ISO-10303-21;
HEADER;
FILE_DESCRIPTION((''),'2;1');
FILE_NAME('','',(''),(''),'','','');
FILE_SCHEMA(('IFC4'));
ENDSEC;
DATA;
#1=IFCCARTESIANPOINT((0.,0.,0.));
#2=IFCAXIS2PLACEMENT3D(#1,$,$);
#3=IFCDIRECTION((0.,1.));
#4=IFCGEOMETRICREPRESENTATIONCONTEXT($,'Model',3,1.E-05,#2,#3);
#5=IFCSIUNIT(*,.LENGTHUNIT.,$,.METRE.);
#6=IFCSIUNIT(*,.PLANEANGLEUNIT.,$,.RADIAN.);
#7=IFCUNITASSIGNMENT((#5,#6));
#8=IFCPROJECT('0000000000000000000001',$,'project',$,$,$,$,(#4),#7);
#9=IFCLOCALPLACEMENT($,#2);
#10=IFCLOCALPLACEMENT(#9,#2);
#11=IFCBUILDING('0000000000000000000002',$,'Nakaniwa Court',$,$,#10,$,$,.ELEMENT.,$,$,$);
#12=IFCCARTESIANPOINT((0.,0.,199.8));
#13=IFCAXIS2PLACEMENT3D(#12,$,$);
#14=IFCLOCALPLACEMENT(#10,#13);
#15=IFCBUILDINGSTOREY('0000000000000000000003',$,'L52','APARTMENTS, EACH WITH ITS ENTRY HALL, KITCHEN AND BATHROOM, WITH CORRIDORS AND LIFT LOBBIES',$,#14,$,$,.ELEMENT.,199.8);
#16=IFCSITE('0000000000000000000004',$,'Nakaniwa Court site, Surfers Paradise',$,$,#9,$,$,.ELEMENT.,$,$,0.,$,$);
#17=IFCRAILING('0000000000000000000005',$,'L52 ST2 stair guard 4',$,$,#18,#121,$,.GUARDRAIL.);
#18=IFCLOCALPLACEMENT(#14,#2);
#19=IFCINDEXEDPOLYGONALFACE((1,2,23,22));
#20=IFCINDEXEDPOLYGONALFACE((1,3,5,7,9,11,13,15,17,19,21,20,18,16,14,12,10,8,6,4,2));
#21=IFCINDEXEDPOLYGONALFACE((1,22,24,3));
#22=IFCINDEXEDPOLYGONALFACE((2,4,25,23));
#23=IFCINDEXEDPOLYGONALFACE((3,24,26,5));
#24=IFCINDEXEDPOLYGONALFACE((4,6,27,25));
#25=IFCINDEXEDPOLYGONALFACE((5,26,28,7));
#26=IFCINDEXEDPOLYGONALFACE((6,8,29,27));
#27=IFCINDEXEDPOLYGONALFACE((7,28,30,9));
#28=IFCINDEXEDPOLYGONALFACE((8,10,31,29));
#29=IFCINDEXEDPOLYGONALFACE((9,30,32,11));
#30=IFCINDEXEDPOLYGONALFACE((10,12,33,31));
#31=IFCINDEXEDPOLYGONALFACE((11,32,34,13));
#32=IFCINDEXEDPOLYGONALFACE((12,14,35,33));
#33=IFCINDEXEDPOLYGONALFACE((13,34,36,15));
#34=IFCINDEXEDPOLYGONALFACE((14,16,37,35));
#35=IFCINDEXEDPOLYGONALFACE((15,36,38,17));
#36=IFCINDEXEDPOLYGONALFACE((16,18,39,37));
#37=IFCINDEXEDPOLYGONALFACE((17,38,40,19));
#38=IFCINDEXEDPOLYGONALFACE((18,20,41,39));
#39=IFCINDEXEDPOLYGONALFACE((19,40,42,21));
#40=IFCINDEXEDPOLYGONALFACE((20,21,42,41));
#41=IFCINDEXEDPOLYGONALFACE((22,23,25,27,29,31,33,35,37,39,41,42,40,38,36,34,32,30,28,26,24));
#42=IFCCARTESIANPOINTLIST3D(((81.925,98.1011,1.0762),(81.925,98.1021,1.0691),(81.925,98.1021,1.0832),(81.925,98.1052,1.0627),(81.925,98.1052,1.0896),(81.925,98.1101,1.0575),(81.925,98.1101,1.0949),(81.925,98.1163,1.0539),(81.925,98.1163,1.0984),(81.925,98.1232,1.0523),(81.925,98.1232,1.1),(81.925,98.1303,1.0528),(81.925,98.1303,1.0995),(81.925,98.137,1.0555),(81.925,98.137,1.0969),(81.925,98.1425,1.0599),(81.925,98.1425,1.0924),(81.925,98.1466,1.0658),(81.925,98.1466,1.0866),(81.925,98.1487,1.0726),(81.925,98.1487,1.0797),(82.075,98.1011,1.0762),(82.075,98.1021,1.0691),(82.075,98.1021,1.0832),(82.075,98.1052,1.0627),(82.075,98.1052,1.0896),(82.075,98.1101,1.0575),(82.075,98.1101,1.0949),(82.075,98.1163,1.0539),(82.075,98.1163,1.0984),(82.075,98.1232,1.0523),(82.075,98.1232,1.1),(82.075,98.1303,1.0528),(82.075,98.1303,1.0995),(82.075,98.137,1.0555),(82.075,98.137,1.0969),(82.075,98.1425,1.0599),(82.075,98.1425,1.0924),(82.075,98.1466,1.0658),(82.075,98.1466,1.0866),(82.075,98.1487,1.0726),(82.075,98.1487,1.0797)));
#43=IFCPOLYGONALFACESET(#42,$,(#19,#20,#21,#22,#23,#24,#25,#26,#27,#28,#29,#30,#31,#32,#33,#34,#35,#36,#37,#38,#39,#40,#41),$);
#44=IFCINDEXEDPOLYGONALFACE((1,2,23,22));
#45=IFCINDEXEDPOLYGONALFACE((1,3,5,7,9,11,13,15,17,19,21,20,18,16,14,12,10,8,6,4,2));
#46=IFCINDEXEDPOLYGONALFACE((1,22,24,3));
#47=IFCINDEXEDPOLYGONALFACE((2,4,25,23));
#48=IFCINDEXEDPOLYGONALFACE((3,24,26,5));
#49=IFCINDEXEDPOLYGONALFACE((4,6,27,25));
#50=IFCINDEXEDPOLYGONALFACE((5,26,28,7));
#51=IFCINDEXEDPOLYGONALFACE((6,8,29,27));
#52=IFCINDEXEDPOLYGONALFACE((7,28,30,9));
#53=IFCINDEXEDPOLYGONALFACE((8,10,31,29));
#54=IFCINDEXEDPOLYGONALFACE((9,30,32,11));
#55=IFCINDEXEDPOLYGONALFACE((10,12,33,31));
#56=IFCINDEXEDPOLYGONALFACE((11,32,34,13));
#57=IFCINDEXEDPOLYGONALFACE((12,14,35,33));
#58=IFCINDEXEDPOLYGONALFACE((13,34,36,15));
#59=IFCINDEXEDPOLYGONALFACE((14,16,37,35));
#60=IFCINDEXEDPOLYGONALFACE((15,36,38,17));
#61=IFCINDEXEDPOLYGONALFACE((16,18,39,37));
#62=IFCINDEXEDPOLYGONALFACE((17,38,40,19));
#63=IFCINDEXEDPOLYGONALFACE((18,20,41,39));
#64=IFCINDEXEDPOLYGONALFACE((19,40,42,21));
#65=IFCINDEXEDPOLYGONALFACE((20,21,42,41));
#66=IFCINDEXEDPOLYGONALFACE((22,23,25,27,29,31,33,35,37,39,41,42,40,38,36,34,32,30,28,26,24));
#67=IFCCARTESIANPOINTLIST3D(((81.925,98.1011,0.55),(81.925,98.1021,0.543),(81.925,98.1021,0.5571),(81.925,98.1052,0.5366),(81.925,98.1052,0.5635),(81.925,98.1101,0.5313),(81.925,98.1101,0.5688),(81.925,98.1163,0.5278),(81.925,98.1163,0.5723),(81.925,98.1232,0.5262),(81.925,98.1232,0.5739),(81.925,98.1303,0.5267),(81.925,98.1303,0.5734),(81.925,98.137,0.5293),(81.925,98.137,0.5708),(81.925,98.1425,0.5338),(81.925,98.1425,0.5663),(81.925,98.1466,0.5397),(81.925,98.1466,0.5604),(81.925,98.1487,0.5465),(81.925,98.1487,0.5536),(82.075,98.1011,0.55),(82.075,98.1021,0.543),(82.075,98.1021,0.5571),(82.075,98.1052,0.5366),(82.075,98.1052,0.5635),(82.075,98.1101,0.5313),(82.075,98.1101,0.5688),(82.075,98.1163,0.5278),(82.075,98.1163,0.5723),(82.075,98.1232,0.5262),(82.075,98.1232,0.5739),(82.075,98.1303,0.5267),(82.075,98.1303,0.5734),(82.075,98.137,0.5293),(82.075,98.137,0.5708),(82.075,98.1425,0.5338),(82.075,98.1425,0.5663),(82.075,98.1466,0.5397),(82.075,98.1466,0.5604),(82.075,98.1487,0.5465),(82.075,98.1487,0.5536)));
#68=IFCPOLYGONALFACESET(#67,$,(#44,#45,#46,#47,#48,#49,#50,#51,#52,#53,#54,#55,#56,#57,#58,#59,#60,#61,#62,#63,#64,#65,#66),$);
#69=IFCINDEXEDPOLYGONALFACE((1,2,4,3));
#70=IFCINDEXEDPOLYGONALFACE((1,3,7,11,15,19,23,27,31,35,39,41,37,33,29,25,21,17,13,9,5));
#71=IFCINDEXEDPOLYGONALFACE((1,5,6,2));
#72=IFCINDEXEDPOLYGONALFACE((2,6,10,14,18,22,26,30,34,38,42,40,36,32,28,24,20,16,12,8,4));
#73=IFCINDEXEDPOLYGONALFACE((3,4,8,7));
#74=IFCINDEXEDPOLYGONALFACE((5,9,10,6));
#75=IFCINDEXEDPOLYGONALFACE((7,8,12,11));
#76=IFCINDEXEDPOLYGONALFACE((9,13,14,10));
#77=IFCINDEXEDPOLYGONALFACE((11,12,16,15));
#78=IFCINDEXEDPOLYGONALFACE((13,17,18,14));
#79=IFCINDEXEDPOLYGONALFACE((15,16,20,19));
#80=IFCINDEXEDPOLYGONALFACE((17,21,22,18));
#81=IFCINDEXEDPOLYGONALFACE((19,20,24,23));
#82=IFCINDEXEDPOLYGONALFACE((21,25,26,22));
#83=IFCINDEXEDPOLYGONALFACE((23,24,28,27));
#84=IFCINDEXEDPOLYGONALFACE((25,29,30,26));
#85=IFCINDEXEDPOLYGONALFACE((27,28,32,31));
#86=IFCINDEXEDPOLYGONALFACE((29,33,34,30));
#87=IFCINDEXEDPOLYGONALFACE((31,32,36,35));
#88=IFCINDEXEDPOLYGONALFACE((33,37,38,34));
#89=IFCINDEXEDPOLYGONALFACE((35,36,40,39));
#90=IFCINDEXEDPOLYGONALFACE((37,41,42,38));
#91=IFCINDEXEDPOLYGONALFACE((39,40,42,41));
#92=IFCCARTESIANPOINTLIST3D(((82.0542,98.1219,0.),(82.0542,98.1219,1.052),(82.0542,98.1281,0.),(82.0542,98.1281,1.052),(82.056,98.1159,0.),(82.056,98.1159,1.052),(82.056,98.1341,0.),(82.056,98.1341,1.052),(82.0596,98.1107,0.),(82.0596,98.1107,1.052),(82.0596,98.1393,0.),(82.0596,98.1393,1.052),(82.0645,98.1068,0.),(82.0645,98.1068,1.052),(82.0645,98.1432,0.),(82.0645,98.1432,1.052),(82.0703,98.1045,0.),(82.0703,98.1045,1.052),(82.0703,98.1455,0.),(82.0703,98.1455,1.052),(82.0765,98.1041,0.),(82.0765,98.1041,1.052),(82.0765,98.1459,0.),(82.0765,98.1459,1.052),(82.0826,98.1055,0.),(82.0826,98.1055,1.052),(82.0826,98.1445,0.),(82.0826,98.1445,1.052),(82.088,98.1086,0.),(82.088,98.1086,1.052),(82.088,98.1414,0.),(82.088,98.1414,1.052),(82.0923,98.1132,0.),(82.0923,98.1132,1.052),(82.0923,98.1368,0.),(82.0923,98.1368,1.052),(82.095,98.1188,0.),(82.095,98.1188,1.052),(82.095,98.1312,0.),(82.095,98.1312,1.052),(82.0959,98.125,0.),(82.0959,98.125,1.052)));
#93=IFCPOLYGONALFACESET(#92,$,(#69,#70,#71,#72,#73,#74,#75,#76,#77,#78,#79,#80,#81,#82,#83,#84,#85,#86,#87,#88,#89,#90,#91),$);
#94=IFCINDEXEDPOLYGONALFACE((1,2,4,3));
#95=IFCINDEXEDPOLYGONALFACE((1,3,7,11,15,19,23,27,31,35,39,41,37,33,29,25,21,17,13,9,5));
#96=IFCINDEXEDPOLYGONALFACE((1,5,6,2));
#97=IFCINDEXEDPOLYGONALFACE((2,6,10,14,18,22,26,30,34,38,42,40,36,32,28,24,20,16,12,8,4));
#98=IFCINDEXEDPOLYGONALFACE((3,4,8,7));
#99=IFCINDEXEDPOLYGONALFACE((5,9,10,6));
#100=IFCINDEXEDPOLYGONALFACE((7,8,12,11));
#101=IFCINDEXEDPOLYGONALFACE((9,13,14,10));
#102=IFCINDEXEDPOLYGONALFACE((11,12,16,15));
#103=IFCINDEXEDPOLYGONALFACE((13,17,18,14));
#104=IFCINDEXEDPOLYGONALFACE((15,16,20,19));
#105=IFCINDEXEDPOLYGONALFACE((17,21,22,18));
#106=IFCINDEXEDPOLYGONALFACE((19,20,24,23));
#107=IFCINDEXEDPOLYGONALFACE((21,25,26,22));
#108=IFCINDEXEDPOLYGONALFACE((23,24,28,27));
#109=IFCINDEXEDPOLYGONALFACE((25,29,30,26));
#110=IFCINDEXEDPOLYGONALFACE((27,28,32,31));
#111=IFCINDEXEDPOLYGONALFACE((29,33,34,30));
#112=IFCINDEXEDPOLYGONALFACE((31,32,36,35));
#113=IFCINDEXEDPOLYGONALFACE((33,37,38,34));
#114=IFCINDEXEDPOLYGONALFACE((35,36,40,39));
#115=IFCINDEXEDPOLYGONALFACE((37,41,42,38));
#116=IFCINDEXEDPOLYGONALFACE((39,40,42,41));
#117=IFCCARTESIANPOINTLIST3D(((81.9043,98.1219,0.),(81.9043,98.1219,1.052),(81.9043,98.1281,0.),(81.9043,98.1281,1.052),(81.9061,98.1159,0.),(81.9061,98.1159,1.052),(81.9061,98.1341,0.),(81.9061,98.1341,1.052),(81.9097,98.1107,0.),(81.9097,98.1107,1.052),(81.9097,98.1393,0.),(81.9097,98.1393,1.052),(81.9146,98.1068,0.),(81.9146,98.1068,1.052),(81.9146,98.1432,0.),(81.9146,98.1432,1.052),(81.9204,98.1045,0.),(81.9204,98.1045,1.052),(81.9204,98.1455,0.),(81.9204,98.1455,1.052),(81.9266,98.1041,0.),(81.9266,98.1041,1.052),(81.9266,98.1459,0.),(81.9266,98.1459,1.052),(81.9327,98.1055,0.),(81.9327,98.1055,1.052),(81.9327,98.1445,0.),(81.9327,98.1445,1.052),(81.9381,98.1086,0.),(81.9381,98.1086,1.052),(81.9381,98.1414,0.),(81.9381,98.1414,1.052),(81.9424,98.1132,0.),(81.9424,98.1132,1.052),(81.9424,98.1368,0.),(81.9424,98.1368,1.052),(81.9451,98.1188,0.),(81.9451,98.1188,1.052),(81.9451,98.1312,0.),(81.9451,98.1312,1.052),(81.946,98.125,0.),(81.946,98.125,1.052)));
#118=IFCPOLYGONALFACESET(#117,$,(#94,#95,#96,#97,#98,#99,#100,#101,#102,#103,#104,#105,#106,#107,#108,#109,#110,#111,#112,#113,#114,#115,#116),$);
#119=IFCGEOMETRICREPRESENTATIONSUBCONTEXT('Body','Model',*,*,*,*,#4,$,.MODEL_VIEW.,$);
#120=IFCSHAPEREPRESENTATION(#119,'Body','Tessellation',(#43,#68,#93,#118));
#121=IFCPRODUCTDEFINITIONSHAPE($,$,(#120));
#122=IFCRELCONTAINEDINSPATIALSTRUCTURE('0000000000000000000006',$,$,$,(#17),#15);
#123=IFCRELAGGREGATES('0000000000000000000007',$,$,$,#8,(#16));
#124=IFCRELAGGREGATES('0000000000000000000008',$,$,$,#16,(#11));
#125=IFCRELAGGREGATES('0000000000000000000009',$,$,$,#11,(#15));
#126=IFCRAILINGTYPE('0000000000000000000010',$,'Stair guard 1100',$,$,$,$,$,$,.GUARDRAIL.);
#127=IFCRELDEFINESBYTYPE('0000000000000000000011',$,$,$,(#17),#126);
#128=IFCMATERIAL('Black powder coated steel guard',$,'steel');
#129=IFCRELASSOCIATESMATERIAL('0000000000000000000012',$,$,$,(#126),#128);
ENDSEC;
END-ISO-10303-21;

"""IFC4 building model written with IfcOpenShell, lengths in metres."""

from ifc_helpers import new_model, si_unit, direction, frame, origin, origin_2d, place, context, subcontext, project, spatial, circle, extrude, material, type_object, element, save


model = new_model("IFC4")

# Units and contexts
model_context = context("Model", 3, precision=1e-05, world=origin(), true_north=direction((0.0, 1.0)))
body_context = subcontext(model_context, "Body", "Model", "MODEL_VIEW")
ifc_project = project(units=[si_unit("LENGTHUNIT", "METRE"), si_unit("PLANEANGLEUNIT", "RADIAN")], contexts=[model_context])

# Site, building, storey
site_placement = place(None, origin())
site = spatial("IfcSite", under=ifc_project, at=site_placement, Name="Nakaniwa Court site, Surfers Paradise", CompositionType="ELEMENT", RefElevation=0.0)
building_placement = place(site_placement, origin())
building = spatial("IfcBuilding", under=site, at=building_placement, Name="Nakaniwa Court", CompositionType="ELEMENT")
storey_placement = place(building_placement, frame((0.0, 0.0, 199.8)))
storey = spatial("IfcBuildingStorey", under=building, at=storey_placement, Name="L52", Description="APARTMENTS, EACH WITH ITS ENTRY HALL, KITCHEN AND BATHROOM, WITH CORRIDORS AND LIFT LOBBIES", CompositionType="ELEMENT", Elevation=199.8)

# Railing
ifc_material_1 = material(Name="Black powder coated steel guard", Category="steel")
railing_type_1 = type_object("IfcRailingType", Name="Stair guard 1100", PredefinedType="GUARDRAIL", material=ifc_material_1)
railing_1_placement = place(storey_placement, frame((82.075, 98.125, 0.0)))
element("IfcRailing", 1, at=railing_1_placement, inside=storey, type_object=railing_type_1, Name="L52 ST2 stair guard 4", PredefinedType="GUARDRAIL", context=body_context, shape_type="SweptSolid", body=[
    extrude(circle(Radius=0.0239, at=origin_2d()), frame((0.0, 0.0, 1.0762), z_axis=(-1.0, 0.0, 0.0), x_axis=(0.0, -1.0, 0.0)), (0.0, 0.0, 1.0), 0.1499),
    extrude(circle(Radius=0.0239, at=origin_2d()), frame((0.0, 0.0, 0.55), z_axis=(-1.0, 0.0, 0.0), x_axis=(0.0, -1.0, 0.0)), (0.0, 0.0, 1.0), 0.1499),
    extrude(circle(Radius=0.021, at=origin_2d()), origin(), (0.0, 0.0, 1.0), 1.052),
    extrude(circle(Radius=0.021, at=origin_2d()), frame((-0.1499, 0.0, 0.0)), (0.0, 0.0, 1.0), 1.052),
])

save(model, "model.ifc")
